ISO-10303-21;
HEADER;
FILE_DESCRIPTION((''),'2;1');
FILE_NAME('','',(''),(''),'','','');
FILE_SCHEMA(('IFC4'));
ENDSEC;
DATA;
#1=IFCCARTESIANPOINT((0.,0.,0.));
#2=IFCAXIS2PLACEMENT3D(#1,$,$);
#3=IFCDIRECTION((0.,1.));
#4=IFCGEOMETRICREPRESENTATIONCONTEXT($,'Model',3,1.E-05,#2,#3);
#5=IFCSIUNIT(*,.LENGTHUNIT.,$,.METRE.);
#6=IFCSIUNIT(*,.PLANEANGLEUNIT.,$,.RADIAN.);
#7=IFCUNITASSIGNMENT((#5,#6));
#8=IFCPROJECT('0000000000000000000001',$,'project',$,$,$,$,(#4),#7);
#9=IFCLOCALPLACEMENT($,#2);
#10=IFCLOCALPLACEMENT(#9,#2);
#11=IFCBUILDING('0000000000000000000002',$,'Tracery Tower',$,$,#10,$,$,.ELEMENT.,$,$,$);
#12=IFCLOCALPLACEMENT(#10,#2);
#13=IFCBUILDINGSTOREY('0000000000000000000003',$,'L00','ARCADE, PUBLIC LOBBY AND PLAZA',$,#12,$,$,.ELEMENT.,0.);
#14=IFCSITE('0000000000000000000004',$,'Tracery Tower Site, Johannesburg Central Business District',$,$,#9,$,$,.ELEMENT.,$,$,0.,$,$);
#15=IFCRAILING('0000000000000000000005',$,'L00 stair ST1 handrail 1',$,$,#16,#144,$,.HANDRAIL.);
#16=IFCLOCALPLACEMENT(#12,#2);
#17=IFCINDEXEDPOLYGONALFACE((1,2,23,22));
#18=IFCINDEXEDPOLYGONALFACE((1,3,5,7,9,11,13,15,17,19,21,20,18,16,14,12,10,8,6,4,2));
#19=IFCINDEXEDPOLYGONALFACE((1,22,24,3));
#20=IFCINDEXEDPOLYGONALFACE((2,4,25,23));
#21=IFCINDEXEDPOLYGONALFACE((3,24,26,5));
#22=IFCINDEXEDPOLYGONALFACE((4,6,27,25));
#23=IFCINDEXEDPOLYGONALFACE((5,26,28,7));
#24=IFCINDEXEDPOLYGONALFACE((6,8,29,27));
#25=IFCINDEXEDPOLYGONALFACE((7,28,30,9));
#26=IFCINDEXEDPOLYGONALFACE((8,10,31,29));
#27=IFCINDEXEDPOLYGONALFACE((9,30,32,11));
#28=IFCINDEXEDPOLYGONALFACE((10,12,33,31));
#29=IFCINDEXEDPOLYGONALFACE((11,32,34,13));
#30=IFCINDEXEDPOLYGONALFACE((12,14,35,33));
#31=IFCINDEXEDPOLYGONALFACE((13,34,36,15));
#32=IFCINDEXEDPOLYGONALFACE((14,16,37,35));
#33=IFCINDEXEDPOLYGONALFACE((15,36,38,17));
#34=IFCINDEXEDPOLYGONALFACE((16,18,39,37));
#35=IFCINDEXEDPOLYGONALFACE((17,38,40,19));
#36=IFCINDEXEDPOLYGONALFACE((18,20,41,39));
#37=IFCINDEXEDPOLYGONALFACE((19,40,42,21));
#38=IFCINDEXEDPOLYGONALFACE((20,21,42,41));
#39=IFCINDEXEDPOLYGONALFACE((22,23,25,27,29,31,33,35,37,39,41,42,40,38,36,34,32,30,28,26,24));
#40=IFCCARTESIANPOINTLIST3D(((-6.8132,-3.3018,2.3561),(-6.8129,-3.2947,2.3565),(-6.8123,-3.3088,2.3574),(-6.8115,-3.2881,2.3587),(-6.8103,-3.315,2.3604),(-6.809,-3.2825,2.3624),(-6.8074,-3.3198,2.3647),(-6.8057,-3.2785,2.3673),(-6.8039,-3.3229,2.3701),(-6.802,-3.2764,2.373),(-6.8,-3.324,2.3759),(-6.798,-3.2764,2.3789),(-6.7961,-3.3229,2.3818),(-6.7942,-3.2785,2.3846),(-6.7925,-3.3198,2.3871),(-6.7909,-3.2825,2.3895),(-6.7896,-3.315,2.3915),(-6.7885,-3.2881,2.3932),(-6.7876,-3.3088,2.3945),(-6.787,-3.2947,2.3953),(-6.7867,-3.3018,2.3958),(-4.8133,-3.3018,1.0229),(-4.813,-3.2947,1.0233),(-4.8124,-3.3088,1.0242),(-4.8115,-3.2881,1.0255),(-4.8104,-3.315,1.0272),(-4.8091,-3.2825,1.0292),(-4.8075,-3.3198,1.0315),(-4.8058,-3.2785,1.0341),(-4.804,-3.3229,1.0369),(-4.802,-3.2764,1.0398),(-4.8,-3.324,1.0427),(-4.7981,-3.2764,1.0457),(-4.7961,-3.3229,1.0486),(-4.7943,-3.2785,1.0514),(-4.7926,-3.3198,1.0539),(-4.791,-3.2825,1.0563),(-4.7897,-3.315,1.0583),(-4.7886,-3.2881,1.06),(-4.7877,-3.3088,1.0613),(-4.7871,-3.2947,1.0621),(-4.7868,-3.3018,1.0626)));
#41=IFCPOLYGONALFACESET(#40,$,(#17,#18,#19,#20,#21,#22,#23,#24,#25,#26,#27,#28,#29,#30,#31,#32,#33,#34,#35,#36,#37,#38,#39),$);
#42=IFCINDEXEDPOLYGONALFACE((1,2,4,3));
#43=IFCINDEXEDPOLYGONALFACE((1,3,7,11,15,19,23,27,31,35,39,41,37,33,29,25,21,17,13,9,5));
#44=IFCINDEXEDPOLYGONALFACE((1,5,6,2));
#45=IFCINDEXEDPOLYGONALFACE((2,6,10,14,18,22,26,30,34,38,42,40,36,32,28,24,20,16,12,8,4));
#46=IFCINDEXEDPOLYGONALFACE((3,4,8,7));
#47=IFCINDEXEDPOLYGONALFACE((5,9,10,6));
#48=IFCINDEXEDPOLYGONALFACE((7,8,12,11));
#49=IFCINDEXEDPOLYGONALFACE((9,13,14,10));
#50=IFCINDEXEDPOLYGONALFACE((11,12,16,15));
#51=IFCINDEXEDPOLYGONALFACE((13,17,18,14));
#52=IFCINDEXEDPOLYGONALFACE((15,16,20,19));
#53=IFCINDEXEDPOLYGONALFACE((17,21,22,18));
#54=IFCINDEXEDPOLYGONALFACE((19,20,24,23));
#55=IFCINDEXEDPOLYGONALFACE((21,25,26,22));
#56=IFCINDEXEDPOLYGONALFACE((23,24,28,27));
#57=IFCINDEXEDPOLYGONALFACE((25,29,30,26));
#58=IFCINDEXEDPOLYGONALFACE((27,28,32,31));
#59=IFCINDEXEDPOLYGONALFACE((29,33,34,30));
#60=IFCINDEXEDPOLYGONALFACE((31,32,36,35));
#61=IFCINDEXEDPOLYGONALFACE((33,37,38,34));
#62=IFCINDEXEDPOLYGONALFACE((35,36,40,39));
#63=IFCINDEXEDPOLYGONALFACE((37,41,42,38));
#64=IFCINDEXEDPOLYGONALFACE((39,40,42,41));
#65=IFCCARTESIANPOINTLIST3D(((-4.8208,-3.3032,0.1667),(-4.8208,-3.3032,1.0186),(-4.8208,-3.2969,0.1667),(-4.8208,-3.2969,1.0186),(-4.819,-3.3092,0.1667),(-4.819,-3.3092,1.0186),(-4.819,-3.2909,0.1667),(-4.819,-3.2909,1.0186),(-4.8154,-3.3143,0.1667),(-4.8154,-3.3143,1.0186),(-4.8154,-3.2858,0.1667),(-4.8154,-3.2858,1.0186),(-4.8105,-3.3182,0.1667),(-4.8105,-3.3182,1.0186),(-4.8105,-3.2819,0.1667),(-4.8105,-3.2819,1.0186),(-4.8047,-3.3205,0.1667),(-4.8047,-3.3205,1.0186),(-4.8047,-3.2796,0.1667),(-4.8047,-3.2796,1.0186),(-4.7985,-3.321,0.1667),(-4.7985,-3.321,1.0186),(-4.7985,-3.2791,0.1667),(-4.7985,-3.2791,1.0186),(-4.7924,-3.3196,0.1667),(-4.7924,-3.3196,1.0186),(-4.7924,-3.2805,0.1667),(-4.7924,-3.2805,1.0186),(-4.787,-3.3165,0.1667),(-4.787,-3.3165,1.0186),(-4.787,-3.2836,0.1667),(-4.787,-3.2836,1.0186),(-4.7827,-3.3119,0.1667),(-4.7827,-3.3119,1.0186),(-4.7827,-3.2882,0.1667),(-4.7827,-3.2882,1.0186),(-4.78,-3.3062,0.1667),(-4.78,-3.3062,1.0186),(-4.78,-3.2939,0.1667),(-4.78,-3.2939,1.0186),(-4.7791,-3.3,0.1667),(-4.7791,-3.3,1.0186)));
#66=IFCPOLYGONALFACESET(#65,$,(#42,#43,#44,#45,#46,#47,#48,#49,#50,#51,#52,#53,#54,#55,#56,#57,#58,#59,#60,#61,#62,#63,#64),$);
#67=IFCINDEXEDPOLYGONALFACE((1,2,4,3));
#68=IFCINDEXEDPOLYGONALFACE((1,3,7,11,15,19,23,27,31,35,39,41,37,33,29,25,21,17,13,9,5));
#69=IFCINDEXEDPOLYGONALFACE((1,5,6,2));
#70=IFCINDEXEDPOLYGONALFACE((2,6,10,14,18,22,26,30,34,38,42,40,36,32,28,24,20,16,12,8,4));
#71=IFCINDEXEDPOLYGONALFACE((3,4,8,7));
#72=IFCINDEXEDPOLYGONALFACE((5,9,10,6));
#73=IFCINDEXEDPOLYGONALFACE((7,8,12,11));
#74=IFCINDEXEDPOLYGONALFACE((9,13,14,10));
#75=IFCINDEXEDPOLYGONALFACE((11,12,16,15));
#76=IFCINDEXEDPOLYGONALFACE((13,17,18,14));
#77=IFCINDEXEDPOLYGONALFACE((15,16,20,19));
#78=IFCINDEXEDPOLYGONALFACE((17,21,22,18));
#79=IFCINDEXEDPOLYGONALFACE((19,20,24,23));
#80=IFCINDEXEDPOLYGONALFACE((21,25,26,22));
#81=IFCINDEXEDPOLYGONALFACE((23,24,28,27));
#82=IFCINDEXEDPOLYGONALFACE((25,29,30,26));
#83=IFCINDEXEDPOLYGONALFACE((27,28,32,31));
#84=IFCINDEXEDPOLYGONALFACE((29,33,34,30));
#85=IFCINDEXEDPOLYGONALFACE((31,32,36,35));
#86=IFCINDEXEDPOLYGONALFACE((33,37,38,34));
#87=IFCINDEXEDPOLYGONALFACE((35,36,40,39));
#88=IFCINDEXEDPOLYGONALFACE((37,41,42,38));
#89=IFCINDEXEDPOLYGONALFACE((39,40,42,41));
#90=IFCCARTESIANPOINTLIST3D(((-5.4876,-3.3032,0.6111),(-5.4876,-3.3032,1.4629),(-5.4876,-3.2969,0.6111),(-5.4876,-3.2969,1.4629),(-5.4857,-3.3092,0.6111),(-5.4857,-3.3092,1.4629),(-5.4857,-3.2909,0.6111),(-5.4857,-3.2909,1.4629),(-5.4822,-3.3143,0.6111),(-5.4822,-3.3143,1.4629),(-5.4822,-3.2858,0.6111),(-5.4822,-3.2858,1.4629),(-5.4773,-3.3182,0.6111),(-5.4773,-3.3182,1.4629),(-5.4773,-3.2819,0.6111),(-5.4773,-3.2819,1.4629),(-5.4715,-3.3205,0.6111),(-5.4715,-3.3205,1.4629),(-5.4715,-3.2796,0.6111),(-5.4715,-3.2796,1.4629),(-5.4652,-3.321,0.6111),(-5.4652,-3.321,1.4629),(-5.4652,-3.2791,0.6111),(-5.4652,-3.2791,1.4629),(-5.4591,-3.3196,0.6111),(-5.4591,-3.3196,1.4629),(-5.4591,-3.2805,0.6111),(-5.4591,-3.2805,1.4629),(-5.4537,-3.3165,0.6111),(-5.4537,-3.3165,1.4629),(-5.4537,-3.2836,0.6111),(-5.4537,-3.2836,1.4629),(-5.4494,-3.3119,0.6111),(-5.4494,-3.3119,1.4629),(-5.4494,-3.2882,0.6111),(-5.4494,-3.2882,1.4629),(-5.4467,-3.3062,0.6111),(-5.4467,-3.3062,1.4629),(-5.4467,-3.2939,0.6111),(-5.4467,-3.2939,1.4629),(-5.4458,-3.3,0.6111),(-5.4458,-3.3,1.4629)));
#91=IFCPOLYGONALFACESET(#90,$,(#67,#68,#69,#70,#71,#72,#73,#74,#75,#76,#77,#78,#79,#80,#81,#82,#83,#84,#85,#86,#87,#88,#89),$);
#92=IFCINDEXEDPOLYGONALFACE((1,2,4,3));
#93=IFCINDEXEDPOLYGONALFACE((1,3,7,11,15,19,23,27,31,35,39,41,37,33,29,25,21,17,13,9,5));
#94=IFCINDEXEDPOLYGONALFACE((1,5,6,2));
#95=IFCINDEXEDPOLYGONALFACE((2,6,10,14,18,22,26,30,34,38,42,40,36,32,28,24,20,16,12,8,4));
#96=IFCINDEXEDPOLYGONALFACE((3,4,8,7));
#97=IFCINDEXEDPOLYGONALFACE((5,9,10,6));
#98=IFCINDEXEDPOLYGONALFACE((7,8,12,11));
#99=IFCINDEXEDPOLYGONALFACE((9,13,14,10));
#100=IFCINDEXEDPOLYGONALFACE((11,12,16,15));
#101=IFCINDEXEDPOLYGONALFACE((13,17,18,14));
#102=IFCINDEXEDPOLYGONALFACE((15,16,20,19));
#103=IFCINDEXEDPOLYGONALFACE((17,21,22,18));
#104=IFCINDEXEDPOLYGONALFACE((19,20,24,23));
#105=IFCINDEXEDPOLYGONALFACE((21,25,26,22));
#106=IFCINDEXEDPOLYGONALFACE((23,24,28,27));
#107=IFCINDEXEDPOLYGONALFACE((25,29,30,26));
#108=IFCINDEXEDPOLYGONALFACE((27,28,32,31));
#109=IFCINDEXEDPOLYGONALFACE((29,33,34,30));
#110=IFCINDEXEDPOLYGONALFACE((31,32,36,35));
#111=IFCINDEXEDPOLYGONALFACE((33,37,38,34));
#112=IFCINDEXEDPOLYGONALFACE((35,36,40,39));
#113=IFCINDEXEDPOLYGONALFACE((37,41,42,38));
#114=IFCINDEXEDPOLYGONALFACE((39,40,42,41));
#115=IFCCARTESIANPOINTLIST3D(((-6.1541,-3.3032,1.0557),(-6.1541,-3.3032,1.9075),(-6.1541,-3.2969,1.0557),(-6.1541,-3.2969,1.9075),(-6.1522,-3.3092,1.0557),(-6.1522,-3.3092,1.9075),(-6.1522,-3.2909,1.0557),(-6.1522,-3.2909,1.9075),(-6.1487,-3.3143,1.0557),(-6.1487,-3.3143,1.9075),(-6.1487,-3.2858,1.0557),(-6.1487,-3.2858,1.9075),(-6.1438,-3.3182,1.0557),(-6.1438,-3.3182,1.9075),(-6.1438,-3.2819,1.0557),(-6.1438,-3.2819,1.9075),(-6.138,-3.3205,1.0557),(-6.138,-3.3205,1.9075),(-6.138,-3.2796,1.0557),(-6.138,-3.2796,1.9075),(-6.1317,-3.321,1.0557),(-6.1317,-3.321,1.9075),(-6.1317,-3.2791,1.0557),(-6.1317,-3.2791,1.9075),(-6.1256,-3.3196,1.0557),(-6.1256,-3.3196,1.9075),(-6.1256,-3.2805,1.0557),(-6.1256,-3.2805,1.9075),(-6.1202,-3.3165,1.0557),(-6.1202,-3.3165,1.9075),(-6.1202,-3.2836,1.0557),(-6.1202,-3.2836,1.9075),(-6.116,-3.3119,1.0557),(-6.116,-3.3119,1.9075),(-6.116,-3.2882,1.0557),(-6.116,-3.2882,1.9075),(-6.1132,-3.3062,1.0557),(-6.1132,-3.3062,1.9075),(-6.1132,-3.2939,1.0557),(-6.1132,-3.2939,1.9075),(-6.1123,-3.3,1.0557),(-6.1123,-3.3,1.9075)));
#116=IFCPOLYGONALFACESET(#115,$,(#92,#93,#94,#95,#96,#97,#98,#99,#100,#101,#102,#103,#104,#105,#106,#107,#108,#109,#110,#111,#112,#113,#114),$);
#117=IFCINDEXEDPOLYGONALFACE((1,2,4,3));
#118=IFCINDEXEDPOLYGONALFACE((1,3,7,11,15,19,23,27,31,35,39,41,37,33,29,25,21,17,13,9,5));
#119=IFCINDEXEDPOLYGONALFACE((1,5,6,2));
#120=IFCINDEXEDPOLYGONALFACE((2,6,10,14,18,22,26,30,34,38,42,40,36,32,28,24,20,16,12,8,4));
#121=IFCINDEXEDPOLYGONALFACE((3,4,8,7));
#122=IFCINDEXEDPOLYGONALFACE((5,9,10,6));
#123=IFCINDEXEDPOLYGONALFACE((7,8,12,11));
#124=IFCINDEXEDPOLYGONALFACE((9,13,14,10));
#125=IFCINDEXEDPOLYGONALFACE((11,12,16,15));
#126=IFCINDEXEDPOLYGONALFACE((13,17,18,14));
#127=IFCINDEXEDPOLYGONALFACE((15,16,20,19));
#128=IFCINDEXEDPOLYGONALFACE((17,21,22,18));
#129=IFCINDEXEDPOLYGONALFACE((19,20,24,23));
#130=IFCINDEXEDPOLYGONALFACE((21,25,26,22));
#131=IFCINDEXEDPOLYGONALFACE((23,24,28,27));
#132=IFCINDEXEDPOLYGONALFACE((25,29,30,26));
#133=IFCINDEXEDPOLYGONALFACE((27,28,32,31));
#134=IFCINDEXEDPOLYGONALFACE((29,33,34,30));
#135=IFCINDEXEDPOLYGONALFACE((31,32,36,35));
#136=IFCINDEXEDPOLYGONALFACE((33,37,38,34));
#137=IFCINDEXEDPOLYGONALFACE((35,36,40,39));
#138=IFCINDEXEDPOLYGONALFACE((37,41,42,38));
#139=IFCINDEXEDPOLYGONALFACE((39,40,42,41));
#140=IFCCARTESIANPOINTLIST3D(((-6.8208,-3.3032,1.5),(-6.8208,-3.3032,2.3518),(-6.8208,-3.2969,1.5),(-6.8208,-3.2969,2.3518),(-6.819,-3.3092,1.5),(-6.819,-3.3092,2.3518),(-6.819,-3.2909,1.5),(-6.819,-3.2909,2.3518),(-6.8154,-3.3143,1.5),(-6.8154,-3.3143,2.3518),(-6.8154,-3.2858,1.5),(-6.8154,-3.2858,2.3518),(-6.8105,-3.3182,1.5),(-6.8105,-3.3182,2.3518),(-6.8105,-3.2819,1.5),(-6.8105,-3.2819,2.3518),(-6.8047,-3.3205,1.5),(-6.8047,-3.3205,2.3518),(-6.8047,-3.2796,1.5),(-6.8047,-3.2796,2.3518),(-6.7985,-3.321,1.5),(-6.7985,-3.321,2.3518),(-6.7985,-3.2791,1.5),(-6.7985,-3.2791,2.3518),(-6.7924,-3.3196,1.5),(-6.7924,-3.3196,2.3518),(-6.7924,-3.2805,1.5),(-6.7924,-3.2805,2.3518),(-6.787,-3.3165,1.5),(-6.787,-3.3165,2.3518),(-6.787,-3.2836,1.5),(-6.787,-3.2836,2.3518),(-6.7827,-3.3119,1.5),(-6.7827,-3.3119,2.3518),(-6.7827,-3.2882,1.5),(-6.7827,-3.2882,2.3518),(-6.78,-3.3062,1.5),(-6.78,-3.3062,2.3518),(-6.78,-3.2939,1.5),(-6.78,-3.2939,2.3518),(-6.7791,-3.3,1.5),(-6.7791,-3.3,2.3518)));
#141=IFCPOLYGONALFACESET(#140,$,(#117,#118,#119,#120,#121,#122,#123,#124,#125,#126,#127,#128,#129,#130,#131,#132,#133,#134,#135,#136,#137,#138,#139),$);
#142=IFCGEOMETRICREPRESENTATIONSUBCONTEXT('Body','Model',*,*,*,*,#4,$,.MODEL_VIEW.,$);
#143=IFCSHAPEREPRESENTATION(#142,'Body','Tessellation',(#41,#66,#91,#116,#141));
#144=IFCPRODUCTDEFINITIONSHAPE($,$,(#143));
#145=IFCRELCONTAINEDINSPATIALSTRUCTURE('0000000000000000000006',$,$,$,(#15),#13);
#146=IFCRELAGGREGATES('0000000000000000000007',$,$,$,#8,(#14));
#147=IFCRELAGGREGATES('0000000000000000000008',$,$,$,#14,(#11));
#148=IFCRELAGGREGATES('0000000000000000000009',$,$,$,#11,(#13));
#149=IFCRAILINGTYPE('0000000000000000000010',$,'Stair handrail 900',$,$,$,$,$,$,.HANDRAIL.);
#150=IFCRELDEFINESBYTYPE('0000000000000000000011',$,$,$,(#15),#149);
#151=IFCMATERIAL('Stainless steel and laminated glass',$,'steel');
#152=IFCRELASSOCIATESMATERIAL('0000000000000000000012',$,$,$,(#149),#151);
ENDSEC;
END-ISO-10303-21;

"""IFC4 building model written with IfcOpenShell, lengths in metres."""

from ifc_helpers import new_model, si_unit, direction, frame, origin, origin_2d, place, context, subcontext, project, spatial, circle, extrude, material, type_object, element, save


model = new_model("IFC4")

# Units and contexts
model_context = context("Model", 3, precision=1e-05, world=origin(), true_north=direction((0.0, 1.0)))
body_context = subcontext(model_context, "Body", "Model", "MODEL_VIEW")
ifc_project = project(units=[si_unit("LENGTHUNIT", "METRE"), si_unit("PLANEANGLEUNIT", "RADIAN")], contexts=[model_context])

# Site, building, storey
site_placement = place(None, origin())
site = spatial("IfcSite", under=ifc_project, at=site_placement, Name="Tracery Tower Site, Johannesburg Central Business District", CompositionType="ELEMENT", RefElevation=0.0)
building_placement = place(site_placement, origin())
building = spatial("IfcBuilding", under=site, at=building_placement, Name="Tracery Tower", CompositionType="ELEMENT")
storey_placement = place(building_placement, origin())
storey = spatial("IfcBuildingStorey", under=building, at=storey_placement, Name="L00", Description="ARCADE, PUBLIC LOBBY AND PLAZA", CompositionType="ELEMENT", Elevation=0.0)

# Railing
ifc_material_1 = material(Name="Stainless steel and laminated glass", Category="steel")
railing_type_1 = type_object("IfcRailingType", Name="Stair handrail 900", PredefinedType="HANDRAIL", material=ifc_material_1)
railing_1_placement = place(storey_placement, frame((-4.8, -3.3, 0.1667)))
element("IfcRailing", 1, at=railing_1_placement, inside=storey, type_object=railing_type_1, Name="L00 stair ST1 handrail 1", PredefinedType="HANDRAIL", context=body_context, shape_type="SweptSolid", body=[
    extrude(circle(Radius=0.0239, at=origin_2d()), frame((0.0, 0.0, 0.876), z_axis=(-0.832066, 0.0, 0.554677), x_axis=(0.0, -1.0, 0.0)), (0.0, 0.0, 1.0), 2.4036),
    extrude(circle(Radius=0.021, at=origin_2d()), origin(), (0.0, 0.0, 1.0), 0.8518),
    extrude(circle(Radius=0.021, at=origin_2d()), frame((-0.6667, 0.0, 0.4443)), (0.0, 0.0, 1.0), 0.8518),
    extrude(circle(Radius=0.021, at=origin_2d()), frame((-1.3333, 0.0, 0.8889)), (0.0, 0.0, 1.0), 0.8518),
    extrude(circle(Radius=0.021, at=origin_2d()), frame((-2.0, 0.0, 1.3333)), (0.0, 0.0, 1.0), 0.8518),
])

save(model, "model.ifc")
